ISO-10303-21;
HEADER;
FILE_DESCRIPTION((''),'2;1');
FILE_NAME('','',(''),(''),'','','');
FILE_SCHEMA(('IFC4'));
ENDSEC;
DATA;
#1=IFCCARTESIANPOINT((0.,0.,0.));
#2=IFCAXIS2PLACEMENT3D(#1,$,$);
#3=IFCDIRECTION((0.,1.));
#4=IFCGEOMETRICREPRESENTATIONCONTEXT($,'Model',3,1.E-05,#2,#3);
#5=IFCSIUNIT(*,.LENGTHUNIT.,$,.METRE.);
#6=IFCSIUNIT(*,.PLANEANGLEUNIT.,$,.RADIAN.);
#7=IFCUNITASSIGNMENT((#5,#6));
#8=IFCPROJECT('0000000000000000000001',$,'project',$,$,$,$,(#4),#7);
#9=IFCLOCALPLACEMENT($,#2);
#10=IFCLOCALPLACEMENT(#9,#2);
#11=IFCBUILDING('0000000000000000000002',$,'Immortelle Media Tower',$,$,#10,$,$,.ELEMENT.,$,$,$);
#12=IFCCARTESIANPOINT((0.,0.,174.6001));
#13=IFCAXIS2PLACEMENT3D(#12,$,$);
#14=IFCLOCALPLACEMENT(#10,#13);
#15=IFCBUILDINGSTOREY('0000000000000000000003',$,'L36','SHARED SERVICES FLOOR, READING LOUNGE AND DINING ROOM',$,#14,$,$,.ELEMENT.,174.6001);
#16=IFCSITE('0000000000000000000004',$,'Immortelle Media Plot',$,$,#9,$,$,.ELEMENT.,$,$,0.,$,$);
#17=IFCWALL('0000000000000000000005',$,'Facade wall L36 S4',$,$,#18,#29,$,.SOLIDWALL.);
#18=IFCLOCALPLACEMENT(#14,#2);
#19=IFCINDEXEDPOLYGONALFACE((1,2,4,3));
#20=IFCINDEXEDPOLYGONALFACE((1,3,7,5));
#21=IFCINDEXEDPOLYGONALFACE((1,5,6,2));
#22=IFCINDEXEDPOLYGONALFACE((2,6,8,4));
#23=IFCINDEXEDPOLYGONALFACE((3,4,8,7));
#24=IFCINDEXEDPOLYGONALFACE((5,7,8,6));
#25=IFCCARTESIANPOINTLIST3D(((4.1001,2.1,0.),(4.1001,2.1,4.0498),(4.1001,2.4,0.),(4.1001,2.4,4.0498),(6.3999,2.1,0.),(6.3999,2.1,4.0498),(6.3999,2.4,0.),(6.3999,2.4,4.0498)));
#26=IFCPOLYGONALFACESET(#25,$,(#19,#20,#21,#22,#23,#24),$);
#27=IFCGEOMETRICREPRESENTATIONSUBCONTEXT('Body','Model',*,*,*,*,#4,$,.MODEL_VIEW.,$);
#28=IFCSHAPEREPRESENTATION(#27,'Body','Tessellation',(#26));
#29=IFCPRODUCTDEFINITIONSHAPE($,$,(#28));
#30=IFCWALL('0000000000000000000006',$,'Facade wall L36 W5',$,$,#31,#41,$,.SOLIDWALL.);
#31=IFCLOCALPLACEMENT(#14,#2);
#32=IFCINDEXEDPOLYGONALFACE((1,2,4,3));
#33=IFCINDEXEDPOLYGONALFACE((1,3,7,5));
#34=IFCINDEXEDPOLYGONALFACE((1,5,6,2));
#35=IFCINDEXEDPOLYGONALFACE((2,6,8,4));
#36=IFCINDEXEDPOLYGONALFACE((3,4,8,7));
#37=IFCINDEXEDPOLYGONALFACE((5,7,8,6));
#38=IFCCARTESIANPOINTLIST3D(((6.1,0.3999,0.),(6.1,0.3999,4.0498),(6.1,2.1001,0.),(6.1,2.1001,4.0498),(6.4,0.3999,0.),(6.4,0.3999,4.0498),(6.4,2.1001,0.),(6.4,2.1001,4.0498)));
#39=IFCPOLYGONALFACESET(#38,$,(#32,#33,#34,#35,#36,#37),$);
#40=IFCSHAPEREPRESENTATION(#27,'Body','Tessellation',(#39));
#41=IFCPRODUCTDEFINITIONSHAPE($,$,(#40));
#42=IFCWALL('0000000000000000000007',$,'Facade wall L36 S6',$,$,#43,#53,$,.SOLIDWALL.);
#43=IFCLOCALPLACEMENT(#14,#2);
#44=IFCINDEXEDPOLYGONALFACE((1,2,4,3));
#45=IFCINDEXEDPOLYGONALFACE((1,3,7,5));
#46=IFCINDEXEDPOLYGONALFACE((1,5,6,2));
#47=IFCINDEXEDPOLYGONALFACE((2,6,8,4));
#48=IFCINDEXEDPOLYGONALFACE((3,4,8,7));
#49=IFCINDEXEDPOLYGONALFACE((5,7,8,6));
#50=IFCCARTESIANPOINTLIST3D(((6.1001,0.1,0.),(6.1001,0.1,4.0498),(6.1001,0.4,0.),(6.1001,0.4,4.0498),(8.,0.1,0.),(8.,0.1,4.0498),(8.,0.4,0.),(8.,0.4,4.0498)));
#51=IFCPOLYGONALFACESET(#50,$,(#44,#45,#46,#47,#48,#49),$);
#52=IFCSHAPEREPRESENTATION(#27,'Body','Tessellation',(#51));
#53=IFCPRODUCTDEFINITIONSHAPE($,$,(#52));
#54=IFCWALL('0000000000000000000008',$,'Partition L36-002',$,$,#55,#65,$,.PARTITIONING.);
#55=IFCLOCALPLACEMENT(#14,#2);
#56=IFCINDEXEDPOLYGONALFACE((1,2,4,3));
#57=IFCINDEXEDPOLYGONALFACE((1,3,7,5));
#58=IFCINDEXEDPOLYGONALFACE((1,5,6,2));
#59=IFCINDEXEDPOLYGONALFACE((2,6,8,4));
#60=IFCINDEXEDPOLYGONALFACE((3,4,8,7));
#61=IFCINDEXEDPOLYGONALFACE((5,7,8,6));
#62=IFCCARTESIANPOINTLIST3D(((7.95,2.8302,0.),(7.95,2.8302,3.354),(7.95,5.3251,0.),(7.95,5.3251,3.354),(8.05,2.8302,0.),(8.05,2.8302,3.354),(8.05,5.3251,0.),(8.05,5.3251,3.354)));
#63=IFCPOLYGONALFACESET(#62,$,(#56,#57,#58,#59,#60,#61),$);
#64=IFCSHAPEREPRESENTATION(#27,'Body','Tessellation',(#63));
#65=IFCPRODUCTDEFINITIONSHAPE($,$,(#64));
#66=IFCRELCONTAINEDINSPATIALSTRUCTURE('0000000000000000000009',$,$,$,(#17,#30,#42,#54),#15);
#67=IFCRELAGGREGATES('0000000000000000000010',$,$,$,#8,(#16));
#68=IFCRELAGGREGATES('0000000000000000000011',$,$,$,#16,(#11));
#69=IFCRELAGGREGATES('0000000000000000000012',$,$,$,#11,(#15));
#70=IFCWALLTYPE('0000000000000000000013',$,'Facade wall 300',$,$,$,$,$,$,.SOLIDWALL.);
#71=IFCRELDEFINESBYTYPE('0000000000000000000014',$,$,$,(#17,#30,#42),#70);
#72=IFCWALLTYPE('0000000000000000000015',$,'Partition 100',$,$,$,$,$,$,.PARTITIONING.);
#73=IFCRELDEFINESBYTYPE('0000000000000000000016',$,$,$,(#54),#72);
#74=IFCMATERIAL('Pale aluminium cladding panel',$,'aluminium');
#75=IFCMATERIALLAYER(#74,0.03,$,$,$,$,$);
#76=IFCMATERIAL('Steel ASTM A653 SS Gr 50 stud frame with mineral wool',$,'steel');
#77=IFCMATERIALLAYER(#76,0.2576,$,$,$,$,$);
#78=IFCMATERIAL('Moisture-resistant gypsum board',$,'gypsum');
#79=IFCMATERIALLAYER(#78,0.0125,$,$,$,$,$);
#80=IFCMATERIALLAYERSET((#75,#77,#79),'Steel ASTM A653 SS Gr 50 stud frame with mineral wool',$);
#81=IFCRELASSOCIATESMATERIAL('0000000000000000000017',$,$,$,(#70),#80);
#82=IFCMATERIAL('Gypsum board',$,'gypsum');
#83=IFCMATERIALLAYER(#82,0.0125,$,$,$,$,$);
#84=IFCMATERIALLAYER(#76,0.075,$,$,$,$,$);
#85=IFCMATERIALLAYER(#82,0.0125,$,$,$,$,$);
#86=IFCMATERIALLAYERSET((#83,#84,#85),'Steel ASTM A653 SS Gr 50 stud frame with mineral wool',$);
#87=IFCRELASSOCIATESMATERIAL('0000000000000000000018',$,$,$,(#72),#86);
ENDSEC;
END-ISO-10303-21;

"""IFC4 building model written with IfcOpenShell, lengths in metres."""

from ifc_helpers import new_model, si_unit, direction, frame, frame_2d, origin, place, context, subcontext, project, spatial, rectangle, extrude, material, layer, layer_set, type_object, element, save


model = new_model("IFC4")

# Units and contexts
model_context = context("Model", 3, precision=1e-05, world=origin(), true_north=direction((0.0, 1.0)))
body_context = subcontext(model_context, "Body", "Model", "MODEL_VIEW")
ifc_project = project(units=[si_unit("LENGTHUNIT", "METRE"), si_unit("PLANEANGLEUNIT", "RADIAN")], contexts=[model_context])

# Site, building, storey
site_placement = place(None, origin())
site = spatial("IfcSite", under=ifc_project, at=site_placement, Name="Immortelle Media Plot", CompositionType="ELEMENT", RefElevation=0.0)
building_placement = place(site_placement, origin())
building = spatial("IfcBuilding", under=site, at=building_placement, Name="Immortelle Media Tower", CompositionType="ELEMENT")
storey_placement = place(building_placement, frame((0.0, 0.0, 174.6001)))
storey = spatial("IfcBuildingStorey", under=building, at=storey_placement, Name="L36", Description="SHARED SERVICES FLOOR, READING LOUNGE AND DINING ROOM", CompositionType="ELEMENT", Elevation=174.6001)

# Walls
ifc_material_1 = material(Name="Pale aluminium cladding panel", Category="aluminium")
ifc_layer_1 = layer(ifc_material_1, 0.03)
ifc_material_2 = material(Name="Steel ASTM A653 SS Gr 50 stud frame with mineral wool", Category="steel")
ifc_layer_2 = layer(ifc_material_2, 0.2576)
ifc_material_3 = material(Name="Moisture-resistant gypsum board", Category="gypsum")
ifc_layer_3 = layer(ifc_material_3, 0.0125)
ifc_layer_set_1 = layer_set([ifc_layer_1, ifc_layer_2, ifc_layer_3], Name="Steel ASTM A653 SS Gr 50 stud frame with mineral wool")
wall_type_1 = type_object("IfcWallType", Name="Facade wall 300", PredefinedType="SOLIDWALL", material=ifc_layer_set_1)
wall_1_placement = place(storey_placement, frame((4.1001, 2.25, 0.0), z_axis=(0.0, 0.0, 1.0), x_axis=(1.0, 0.0, 0.0)))
element("IfcWall", 1, at=wall_1_placement, inside=storey, type_object=wall_type_1, Name="Facade wall L36 S4", PredefinedType="SOLIDWALL", context=body_context, shape_type="SweptSolid", body=[
    extrude(rectangle(XDim=2.2998, YDim=0.3, at=frame_2d((1.1499, 0.0))), origin(), (0.0, 0.0, 1.0), 4.0498),
])
wall_2_placement = place(storey_placement, frame((6.25, 2.1001, 0.0), z_axis=(0.0, 0.0, 1.0), x_axis=(0.0, -1.0, 0.0)))
element("IfcWall", 2, at=wall_2_placement, inside=storey, type_object=wall_type_1, Name="Facade wall L36 W5", PredefinedType="SOLIDWALL", context=body_context, shape_type="SweptSolid", body=[
    extrude(rectangle(XDim=1.7002, YDim=0.3, at=frame_2d((0.8501, 0.0))), origin(), (0.0, 0.0, 1.0), 4.0498),
])
wall_3_placement = place(storey_placement, frame((6.1001, 0.25, 0.0), z_axis=(0.0, 0.0, 1.0), x_axis=(1.0, 0.0, 0.0)))
element("IfcWall", 3, at=wall_3_placement, inside=storey, type_object=wall_type_1, Name="Facade wall L36 S6", PredefinedType="SOLIDWALL", context=body_context, shape_type="SweptSolid", body=[
    extrude(rectangle(XDim=1.8999, YDim=0.3, at=frame_2d((0.95, 0.0))), origin(), (0.0, 0.0, 1.0), 4.0498),
])
ifc_material_4 = material(Name="Gypsum board", Category="gypsum")
ifc_layer_4 = layer(ifc_material_4, 0.0125)
ifc_layer_5 = layer(ifc_material_2, 0.075)
ifc_layer_6 = layer(ifc_material_4, 0.0125)
ifc_layer_set_2 = layer_set([ifc_layer_4, ifc_layer_5, ifc_layer_6], Name="Steel ASTM A653 SS Gr 50 stud frame with mineral wool")
wall_type_2 = type_object("IfcWallType", Name="Partition 100", PredefinedType="PARTITIONING", material=ifc_layer_set_2)
wall_4_placement = place(storey_placement, frame((8.0, 2.8301, 0.0), z_axis=(0.0, 0.0, 1.0), x_axis=(0.0, 1.0, 0.0)))
element("IfcWall", 4, at=wall_4_placement, inside=storey, type_object=wall_type_2, Name="Partition L36-002", PredefinedType="PARTITIONING", context=body_context, shape_type="SweptSolid", body=[
    extrude(rectangle(XDim=2.4949, YDim=0.1001, at=frame_2d((1.2476, 0.0))), origin(), (0.0, 0.0, 1.0), 3.354),
])

save(model, "model.ifc")
